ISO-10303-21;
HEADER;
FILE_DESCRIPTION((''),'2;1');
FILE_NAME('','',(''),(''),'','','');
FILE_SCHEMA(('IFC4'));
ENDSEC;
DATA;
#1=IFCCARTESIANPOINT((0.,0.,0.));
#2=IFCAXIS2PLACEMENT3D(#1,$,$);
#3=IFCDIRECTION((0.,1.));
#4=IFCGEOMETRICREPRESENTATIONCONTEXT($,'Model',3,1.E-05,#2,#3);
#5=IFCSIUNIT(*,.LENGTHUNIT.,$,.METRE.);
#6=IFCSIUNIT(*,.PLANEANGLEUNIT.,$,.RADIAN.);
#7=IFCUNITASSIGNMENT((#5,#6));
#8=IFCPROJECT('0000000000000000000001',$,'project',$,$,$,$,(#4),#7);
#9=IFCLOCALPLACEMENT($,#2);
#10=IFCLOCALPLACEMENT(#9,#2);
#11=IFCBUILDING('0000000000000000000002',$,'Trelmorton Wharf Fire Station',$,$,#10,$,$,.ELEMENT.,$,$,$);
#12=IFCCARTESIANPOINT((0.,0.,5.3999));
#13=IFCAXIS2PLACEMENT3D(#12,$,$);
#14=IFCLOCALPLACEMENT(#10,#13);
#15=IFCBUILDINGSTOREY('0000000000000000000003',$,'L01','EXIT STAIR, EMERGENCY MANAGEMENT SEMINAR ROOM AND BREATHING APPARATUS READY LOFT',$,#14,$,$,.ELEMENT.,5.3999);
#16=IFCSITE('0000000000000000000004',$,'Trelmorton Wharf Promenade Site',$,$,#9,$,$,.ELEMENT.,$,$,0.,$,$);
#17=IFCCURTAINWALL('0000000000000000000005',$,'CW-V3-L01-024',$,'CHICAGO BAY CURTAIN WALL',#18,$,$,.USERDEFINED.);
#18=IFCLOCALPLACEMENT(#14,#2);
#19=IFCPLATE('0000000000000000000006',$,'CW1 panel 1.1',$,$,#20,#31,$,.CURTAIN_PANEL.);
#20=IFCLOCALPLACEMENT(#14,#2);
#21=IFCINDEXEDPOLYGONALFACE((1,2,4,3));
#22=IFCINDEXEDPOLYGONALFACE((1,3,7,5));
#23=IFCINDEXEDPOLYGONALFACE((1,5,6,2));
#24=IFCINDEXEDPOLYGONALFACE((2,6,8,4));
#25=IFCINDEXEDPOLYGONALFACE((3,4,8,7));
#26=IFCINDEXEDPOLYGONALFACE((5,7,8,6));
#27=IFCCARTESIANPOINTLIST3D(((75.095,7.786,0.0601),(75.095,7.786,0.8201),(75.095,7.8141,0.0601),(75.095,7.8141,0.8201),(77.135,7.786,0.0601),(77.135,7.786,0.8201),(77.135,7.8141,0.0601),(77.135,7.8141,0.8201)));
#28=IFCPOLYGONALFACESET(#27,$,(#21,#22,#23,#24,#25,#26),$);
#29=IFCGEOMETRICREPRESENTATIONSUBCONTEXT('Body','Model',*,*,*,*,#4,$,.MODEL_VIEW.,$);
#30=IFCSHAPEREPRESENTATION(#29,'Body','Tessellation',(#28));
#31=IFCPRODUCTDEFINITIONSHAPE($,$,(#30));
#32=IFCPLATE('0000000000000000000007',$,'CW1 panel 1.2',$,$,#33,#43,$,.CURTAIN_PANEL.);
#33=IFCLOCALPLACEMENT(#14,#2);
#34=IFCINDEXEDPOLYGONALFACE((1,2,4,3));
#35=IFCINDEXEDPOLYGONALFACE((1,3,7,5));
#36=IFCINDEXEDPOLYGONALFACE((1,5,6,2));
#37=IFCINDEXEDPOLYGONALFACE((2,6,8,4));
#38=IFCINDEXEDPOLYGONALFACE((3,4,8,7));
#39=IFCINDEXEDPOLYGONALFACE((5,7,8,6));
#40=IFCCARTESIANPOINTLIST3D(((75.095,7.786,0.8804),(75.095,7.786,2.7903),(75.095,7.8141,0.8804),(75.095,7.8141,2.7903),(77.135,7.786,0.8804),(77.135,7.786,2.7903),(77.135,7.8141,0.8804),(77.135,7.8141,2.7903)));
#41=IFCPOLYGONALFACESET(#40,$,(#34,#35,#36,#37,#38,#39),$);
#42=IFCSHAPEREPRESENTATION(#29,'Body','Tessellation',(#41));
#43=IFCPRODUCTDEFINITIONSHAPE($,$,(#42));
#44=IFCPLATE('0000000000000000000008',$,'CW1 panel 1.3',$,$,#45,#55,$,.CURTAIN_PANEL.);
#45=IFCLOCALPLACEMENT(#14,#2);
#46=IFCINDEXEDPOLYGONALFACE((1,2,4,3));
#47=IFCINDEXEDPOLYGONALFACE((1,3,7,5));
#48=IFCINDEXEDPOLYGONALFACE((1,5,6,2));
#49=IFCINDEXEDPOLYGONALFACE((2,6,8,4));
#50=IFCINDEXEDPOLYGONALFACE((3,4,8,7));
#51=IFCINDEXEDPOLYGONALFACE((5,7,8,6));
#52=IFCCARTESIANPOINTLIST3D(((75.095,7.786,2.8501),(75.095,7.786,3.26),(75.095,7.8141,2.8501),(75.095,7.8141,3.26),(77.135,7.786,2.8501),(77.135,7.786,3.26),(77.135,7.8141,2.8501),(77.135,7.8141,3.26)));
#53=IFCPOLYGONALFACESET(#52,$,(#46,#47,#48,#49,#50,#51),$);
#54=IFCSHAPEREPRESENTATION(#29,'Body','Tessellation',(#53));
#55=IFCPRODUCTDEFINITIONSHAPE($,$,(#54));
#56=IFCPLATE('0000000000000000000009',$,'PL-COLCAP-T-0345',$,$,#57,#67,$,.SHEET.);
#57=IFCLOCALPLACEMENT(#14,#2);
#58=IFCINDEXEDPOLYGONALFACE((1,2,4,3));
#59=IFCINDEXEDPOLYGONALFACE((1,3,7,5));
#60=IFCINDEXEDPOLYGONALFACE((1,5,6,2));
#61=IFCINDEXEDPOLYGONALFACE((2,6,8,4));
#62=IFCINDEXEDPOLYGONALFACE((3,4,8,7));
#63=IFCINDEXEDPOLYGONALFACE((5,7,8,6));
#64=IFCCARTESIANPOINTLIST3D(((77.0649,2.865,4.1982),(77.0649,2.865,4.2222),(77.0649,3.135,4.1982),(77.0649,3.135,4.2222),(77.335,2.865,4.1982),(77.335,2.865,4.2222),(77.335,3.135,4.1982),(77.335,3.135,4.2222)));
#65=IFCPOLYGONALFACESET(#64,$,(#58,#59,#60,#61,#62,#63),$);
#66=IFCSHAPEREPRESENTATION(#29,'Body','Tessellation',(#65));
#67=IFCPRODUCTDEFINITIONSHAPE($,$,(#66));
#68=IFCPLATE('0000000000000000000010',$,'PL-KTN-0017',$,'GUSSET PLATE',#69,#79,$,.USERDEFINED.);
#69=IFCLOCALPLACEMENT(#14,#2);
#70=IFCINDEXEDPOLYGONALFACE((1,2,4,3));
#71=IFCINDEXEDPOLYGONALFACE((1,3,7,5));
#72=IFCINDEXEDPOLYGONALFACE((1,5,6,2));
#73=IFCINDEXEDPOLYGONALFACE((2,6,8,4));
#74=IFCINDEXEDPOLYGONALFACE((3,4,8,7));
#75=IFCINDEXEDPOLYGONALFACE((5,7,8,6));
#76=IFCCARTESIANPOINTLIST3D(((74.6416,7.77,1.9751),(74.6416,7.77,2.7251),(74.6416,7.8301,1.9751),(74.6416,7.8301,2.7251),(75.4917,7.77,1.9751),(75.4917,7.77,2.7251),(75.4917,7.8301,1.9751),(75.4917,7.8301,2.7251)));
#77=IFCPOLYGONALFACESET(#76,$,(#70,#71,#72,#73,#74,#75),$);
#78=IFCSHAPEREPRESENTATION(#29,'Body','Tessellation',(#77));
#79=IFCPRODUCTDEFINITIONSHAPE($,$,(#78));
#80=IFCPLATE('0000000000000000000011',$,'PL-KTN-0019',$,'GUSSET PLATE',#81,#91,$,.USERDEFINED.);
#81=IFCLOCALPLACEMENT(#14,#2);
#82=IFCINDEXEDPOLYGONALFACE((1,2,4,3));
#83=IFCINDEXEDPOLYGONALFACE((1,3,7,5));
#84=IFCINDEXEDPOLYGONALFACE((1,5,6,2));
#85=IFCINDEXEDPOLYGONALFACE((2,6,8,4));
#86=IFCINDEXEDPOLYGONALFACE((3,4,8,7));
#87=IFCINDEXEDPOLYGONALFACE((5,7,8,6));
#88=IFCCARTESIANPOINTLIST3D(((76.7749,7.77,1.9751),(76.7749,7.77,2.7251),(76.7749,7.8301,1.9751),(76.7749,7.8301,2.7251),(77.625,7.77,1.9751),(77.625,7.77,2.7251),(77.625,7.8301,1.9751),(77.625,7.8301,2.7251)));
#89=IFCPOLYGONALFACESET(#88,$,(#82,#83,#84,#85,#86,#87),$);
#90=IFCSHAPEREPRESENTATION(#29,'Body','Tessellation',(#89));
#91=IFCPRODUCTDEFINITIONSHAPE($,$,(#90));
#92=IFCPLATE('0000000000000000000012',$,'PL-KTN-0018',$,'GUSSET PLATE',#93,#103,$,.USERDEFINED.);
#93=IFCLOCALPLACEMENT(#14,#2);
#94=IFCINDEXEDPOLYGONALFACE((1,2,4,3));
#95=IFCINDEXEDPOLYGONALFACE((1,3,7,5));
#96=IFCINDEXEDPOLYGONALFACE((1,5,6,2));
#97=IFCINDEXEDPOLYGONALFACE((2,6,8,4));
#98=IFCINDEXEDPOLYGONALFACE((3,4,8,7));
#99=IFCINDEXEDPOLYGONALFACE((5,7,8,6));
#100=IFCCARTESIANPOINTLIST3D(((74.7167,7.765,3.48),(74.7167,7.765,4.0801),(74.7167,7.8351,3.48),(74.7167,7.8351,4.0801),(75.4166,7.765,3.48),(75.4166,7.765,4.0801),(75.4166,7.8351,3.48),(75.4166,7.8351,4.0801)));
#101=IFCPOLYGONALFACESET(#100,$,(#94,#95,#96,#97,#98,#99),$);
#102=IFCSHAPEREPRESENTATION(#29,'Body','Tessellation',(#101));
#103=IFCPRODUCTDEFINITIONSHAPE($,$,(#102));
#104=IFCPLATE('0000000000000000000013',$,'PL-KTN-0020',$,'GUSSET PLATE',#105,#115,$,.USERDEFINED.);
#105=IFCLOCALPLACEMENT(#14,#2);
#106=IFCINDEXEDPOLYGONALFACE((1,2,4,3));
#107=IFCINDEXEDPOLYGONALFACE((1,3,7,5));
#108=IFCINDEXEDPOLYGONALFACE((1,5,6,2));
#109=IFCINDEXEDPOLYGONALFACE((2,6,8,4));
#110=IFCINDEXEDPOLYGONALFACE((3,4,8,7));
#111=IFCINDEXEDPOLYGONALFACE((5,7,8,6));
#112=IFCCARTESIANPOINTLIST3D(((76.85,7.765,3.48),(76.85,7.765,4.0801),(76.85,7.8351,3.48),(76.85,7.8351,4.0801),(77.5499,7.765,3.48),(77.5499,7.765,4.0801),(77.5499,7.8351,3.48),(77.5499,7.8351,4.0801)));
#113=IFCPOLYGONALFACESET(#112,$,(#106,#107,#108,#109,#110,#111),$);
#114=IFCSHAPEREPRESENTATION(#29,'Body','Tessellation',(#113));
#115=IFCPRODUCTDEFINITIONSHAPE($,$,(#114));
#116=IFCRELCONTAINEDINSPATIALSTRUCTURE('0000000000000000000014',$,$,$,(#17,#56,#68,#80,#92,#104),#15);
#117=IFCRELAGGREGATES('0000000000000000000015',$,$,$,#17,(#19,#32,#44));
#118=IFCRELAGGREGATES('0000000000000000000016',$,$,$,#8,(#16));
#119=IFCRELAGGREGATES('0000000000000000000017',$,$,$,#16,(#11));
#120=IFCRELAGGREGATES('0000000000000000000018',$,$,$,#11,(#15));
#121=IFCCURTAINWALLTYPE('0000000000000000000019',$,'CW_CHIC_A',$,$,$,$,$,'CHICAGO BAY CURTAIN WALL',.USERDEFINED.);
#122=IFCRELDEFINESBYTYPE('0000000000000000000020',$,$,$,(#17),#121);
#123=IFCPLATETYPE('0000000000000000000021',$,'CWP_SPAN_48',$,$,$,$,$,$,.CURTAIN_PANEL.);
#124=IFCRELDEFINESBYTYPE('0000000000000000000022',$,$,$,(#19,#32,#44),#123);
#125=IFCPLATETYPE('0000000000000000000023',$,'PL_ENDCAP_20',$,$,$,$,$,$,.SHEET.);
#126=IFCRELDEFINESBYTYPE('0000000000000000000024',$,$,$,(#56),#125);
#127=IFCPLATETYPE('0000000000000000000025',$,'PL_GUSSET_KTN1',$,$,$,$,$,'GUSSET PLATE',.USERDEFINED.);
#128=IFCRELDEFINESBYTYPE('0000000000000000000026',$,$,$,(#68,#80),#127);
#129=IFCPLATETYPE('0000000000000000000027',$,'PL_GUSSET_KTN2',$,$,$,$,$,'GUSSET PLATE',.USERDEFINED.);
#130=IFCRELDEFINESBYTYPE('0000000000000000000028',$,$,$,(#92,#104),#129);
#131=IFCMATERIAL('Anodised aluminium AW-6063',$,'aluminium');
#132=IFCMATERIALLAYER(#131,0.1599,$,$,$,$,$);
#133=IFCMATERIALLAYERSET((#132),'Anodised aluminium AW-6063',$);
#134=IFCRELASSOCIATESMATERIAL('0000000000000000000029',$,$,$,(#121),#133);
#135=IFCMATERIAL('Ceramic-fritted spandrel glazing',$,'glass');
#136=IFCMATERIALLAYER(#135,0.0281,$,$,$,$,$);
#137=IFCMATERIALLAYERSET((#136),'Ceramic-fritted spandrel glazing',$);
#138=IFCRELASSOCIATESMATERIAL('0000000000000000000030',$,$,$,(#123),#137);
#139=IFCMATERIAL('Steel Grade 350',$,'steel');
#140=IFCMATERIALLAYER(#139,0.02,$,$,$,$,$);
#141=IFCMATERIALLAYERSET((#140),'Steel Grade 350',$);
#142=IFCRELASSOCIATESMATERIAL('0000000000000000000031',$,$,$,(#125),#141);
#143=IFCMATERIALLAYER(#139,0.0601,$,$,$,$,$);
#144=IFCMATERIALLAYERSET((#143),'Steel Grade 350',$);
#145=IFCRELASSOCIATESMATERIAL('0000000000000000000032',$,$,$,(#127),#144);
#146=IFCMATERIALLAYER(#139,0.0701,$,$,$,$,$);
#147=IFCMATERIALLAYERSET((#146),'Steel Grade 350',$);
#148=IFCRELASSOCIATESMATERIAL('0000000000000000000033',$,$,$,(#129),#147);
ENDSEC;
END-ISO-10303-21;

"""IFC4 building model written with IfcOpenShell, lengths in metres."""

from ifc_helpers import new_model, si_unit, direction, frame, origin, origin_2d, place, context, subcontext, project, spatial, rectangle, extrude, material, layer, layer_set, type_object, element, aggregate, save


model = new_model("IFC4")

# Units and contexts
model_context = context("Model", 3, precision=1e-05, world=origin(), true_north=direction((0.0, 1.0)))
body_context = subcontext(model_context, "Body", "Model", "MODEL_VIEW")
ifc_project = project(units=[si_unit("LENGTHUNIT", "METRE"), si_unit("PLANEANGLEUNIT", "RADIAN")], contexts=[model_context])

# Site, building, storey
site_placement = place(None, origin())
site = spatial("IfcSite", under=ifc_project, at=site_placement, Name="Trelmorton Wharf Promenade Site", CompositionType="ELEMENT", RefElevation=0.0)
building_placement = place(site_placement, origin())
building = spatial("IfcBuilding", under=site, at=building_placement, Name="Trelmorton Wharf Fire Station", CompositionType="ELEMENT")
storey_placement = place(building_placement, frame((0.0, 0.0, 5.3999)))
storey = spatial("IfcBuildingStorey", under=building, at=storey_placement, Name="L01", Description="EXIT STAIR, EMERGENCY MANAGEMENT SEMINAR ROOM AND BREATHING APPARATUS READY LOFT", CompositionType="ELEMENT", Elevation=5.3999)

# Shared definitions
ifc_material_1 = material(Name="Steel Grade 350", Category="steel")

# Curtain wall
ifc_material_2 = material(Name="Anodised aluminium AW-6063", Category="aluminium")
ifc_layer_1 = layer(ifc_material_2, 0.1599)
ifc_layer_set_1 = layer_set([ifc_layer_1], Name="Anodised aluminium AW-6063")
curtain_wall_type = type_object("IfcCurtainWallType", Name="CW_CHIC_A", ElementType="CHICAGO BAY CURTAIN WALL", PredefinedType="USERDEFINED", material=ifc_layer_set_1)
curtain_wall_placement = place(storey_placement, origin())
curtain_wall = element("IfcCurtainWall", 1, at=curtain_wall_placement, inside=storey, type_object=curtain_wall_type, Name="CW-V3-L01-024", ObjectType="CHICAGO BAY CURTAIN WALL", PredefinedType="USERDEFINED")

# Plates
ifc_material_3 = material(Name="Ceramic-fritted spandrel glazing", Category="glass")
ifc_layer_2 = layer(ifc_material_3, 0.0281)
ifc_layer_set_2 = layer_set([ifc_layer_2], Name="Ceramic-fritted spandrel glazing")
plate_type_1 = type_object("IfcPlateType", Name="CWP_SPAN_48", PredefinedType="CURTAIN_PANEL", material=ifc_layer_set_2)
plate_1_placement = place(storey_placement, frame((76.115, 7.8, 0.0601), z_axis=(0.0, 0.0, 1.0), x_axis=(-1.0, 0.0, 0.0)))
plate_1 = element("IfcPlate", 2, at=plate_1_placement, type_object=plate_type_1, Name="CW1 panel 1.1", PredefinedType="CURTAIN_PANEL", context=body_context, shape_type="SweptSolid", body=[
    extrude(rectangle(XDim=2.04, YDim=0.0281, at=origin_2d()), origin(), (0.0, 0.0, 1.0), 0.76),
])
plate_2_placement = place(storey_placement, frame((76.115, 7.8, 0.8804), z_axis=(0.0, 0.0, 1.0), x_axis=(-1.0, 0.0, 0.0)))
plate_2 = element("IfcPlate", 3, at=plate_2_placement, type_object=plate_type_1, Name="CW1 panel 1.2", PredefinedType="CURTAIN_PANEL", context=body_context, shape_type="SweptSolid", body=[
    extrude(rectangle(XDim=2.04, YDim=0.0281, at=origin_2d()), origin(), (0.0, 0.0, 1.0), 1.9099),
])
plate_3_placement = place(storey_placement, frame((76.115, 7.8, 2.8501), z_axis=(0.0, 0.0, 1.0), x_axis=(-1.0, 0.0, 0.0)))
plate_3 = element("IfcPlate", 4, at=plate_3_placement, type_object=plate_type_1, Name="CW1 panel 1.3", PredefinedType="CURTAIN_PANEL", context=body_context, shape_type="SweptSolid", body=[
    extrude(rectangle(XDim=2.04, YDim=0.0281, at=origin_2d()), origin(), (0.0, 0.0, 1.0), 0.4099),
])
aggregate(curtain_wall, [plate_1, plate_2, plate_3])

# Plates
ifc_layer_3 = layer(ifc_material_1, 0.02)
ifc_layer_set_3 = layer_set([ifc_layer_3], Name="Steel Grade 350")
plate_type_2 = type_object("IfcPlateType", Name="PL_ENDCAP_20", PredefinedType="SHEET", material=ifc_layer_set_3)
plate_4_placement = place(storey_placement, frame((77.2, 3.0, 4.1982), z_axis=(0.0, 0.0, 1.0), x_axis=(1.0, 0.0, 0.0)))
element("IfcPlate", 5, at=plate_4_placement, inside=storey, type_object=plate_type_2, Name="PL-COLCAP-T-0345", PredefinedType="SHEET", context=body_context, shape_type="SweptSolid", body=[
    extrude(rectangle(XDim=0.27, YDim=0.27, at=origin_2d()), origin(), (0.0, 0.0, 1.0), 0.0239),
])
ifc_layer_4 = layer(ifc_material_1, 0.0601)
ifc_layer_set_4 = layer_set([ifc_layer_4], Name="Steel Grade 350")
plate_type_3 = type_object("IfcPlateType", Name="PL_GUSSET_KTN1", ElementType="GUSSET PLATE", PredefinedType="USERDEFINED", material=ifc_layer_set_4)
for number, where, z_axis, x_axis, name in (
    (6, (75.0667, 7.8, 1.9751), (0.0, 0.0, 1.0), (1.0, 0.0, 0.0), "PL-KTN-0017"),
    (7, (77.2, 7.8, 1.9751), (0.0, 0.0, 1.0), (1.0, 0.0, 0.0), "PL-KTN-0019"),
):
    element("IfcPlate", number, at=place(storey_placement, frame(where, z_axis=z_axis, x_axis=x_axis)), inside=storey, type_object=plate_type_3, Name=name, ObjectType="GUSSET PLATE", PredefinedType="USERDEFINED", context=body_context, shape_type="SweptSolid", body=[
        extrude(rectangle(XDim=0.8501, YDim=0.0601, at=origin_2d()), origin(), (0.0, 0.0, 1.0), 0.75),
    ])
ifc_layer_5 = layer(ifc_material_1, 0.0701)
ifc_layer_set_5 = layer_set([ifc_layer_5], Name="Steel Grade 350")
plate_type_4 = type_object("IfcPlateType", Name="PL_GUSSET_KTN2", ElementType="GUSSET PLATE", PredefinedType="USERDEFINED", material=ifc_layer_set_5)
for number, where, z_axis, x_axis, name in (
    (8, (75.0667, 7.8, 3.48), (0.0, 0.0, 1.0), (1.0, 0.0, 0.0), "PL-KTN-0018"),
    (9, (77.2, 7.8, 3.48), (0.0, 0.0, 1.0), (1.0, 0.0, 0.0), "PL-KTN-0020"),
):
    element("IfcPlate", number, at=place(storey_placement, frame(where, z_axis=z_axis, x_axis=x_axis)), inside=storey, type_object=plate_type_4, Name=name, ObjectType="GUSSET PLATE", PredefinedType="USERDEFINED", context=body_context, shape_type="SweptSolid", body=[
        extrude(rectangle(XDim=0.7, YDim=0.0701, at=origin_2d()), origin(), (0.0, 0.0, 1.0), 0.6001),
    ])

save(model, "model.ifc")
